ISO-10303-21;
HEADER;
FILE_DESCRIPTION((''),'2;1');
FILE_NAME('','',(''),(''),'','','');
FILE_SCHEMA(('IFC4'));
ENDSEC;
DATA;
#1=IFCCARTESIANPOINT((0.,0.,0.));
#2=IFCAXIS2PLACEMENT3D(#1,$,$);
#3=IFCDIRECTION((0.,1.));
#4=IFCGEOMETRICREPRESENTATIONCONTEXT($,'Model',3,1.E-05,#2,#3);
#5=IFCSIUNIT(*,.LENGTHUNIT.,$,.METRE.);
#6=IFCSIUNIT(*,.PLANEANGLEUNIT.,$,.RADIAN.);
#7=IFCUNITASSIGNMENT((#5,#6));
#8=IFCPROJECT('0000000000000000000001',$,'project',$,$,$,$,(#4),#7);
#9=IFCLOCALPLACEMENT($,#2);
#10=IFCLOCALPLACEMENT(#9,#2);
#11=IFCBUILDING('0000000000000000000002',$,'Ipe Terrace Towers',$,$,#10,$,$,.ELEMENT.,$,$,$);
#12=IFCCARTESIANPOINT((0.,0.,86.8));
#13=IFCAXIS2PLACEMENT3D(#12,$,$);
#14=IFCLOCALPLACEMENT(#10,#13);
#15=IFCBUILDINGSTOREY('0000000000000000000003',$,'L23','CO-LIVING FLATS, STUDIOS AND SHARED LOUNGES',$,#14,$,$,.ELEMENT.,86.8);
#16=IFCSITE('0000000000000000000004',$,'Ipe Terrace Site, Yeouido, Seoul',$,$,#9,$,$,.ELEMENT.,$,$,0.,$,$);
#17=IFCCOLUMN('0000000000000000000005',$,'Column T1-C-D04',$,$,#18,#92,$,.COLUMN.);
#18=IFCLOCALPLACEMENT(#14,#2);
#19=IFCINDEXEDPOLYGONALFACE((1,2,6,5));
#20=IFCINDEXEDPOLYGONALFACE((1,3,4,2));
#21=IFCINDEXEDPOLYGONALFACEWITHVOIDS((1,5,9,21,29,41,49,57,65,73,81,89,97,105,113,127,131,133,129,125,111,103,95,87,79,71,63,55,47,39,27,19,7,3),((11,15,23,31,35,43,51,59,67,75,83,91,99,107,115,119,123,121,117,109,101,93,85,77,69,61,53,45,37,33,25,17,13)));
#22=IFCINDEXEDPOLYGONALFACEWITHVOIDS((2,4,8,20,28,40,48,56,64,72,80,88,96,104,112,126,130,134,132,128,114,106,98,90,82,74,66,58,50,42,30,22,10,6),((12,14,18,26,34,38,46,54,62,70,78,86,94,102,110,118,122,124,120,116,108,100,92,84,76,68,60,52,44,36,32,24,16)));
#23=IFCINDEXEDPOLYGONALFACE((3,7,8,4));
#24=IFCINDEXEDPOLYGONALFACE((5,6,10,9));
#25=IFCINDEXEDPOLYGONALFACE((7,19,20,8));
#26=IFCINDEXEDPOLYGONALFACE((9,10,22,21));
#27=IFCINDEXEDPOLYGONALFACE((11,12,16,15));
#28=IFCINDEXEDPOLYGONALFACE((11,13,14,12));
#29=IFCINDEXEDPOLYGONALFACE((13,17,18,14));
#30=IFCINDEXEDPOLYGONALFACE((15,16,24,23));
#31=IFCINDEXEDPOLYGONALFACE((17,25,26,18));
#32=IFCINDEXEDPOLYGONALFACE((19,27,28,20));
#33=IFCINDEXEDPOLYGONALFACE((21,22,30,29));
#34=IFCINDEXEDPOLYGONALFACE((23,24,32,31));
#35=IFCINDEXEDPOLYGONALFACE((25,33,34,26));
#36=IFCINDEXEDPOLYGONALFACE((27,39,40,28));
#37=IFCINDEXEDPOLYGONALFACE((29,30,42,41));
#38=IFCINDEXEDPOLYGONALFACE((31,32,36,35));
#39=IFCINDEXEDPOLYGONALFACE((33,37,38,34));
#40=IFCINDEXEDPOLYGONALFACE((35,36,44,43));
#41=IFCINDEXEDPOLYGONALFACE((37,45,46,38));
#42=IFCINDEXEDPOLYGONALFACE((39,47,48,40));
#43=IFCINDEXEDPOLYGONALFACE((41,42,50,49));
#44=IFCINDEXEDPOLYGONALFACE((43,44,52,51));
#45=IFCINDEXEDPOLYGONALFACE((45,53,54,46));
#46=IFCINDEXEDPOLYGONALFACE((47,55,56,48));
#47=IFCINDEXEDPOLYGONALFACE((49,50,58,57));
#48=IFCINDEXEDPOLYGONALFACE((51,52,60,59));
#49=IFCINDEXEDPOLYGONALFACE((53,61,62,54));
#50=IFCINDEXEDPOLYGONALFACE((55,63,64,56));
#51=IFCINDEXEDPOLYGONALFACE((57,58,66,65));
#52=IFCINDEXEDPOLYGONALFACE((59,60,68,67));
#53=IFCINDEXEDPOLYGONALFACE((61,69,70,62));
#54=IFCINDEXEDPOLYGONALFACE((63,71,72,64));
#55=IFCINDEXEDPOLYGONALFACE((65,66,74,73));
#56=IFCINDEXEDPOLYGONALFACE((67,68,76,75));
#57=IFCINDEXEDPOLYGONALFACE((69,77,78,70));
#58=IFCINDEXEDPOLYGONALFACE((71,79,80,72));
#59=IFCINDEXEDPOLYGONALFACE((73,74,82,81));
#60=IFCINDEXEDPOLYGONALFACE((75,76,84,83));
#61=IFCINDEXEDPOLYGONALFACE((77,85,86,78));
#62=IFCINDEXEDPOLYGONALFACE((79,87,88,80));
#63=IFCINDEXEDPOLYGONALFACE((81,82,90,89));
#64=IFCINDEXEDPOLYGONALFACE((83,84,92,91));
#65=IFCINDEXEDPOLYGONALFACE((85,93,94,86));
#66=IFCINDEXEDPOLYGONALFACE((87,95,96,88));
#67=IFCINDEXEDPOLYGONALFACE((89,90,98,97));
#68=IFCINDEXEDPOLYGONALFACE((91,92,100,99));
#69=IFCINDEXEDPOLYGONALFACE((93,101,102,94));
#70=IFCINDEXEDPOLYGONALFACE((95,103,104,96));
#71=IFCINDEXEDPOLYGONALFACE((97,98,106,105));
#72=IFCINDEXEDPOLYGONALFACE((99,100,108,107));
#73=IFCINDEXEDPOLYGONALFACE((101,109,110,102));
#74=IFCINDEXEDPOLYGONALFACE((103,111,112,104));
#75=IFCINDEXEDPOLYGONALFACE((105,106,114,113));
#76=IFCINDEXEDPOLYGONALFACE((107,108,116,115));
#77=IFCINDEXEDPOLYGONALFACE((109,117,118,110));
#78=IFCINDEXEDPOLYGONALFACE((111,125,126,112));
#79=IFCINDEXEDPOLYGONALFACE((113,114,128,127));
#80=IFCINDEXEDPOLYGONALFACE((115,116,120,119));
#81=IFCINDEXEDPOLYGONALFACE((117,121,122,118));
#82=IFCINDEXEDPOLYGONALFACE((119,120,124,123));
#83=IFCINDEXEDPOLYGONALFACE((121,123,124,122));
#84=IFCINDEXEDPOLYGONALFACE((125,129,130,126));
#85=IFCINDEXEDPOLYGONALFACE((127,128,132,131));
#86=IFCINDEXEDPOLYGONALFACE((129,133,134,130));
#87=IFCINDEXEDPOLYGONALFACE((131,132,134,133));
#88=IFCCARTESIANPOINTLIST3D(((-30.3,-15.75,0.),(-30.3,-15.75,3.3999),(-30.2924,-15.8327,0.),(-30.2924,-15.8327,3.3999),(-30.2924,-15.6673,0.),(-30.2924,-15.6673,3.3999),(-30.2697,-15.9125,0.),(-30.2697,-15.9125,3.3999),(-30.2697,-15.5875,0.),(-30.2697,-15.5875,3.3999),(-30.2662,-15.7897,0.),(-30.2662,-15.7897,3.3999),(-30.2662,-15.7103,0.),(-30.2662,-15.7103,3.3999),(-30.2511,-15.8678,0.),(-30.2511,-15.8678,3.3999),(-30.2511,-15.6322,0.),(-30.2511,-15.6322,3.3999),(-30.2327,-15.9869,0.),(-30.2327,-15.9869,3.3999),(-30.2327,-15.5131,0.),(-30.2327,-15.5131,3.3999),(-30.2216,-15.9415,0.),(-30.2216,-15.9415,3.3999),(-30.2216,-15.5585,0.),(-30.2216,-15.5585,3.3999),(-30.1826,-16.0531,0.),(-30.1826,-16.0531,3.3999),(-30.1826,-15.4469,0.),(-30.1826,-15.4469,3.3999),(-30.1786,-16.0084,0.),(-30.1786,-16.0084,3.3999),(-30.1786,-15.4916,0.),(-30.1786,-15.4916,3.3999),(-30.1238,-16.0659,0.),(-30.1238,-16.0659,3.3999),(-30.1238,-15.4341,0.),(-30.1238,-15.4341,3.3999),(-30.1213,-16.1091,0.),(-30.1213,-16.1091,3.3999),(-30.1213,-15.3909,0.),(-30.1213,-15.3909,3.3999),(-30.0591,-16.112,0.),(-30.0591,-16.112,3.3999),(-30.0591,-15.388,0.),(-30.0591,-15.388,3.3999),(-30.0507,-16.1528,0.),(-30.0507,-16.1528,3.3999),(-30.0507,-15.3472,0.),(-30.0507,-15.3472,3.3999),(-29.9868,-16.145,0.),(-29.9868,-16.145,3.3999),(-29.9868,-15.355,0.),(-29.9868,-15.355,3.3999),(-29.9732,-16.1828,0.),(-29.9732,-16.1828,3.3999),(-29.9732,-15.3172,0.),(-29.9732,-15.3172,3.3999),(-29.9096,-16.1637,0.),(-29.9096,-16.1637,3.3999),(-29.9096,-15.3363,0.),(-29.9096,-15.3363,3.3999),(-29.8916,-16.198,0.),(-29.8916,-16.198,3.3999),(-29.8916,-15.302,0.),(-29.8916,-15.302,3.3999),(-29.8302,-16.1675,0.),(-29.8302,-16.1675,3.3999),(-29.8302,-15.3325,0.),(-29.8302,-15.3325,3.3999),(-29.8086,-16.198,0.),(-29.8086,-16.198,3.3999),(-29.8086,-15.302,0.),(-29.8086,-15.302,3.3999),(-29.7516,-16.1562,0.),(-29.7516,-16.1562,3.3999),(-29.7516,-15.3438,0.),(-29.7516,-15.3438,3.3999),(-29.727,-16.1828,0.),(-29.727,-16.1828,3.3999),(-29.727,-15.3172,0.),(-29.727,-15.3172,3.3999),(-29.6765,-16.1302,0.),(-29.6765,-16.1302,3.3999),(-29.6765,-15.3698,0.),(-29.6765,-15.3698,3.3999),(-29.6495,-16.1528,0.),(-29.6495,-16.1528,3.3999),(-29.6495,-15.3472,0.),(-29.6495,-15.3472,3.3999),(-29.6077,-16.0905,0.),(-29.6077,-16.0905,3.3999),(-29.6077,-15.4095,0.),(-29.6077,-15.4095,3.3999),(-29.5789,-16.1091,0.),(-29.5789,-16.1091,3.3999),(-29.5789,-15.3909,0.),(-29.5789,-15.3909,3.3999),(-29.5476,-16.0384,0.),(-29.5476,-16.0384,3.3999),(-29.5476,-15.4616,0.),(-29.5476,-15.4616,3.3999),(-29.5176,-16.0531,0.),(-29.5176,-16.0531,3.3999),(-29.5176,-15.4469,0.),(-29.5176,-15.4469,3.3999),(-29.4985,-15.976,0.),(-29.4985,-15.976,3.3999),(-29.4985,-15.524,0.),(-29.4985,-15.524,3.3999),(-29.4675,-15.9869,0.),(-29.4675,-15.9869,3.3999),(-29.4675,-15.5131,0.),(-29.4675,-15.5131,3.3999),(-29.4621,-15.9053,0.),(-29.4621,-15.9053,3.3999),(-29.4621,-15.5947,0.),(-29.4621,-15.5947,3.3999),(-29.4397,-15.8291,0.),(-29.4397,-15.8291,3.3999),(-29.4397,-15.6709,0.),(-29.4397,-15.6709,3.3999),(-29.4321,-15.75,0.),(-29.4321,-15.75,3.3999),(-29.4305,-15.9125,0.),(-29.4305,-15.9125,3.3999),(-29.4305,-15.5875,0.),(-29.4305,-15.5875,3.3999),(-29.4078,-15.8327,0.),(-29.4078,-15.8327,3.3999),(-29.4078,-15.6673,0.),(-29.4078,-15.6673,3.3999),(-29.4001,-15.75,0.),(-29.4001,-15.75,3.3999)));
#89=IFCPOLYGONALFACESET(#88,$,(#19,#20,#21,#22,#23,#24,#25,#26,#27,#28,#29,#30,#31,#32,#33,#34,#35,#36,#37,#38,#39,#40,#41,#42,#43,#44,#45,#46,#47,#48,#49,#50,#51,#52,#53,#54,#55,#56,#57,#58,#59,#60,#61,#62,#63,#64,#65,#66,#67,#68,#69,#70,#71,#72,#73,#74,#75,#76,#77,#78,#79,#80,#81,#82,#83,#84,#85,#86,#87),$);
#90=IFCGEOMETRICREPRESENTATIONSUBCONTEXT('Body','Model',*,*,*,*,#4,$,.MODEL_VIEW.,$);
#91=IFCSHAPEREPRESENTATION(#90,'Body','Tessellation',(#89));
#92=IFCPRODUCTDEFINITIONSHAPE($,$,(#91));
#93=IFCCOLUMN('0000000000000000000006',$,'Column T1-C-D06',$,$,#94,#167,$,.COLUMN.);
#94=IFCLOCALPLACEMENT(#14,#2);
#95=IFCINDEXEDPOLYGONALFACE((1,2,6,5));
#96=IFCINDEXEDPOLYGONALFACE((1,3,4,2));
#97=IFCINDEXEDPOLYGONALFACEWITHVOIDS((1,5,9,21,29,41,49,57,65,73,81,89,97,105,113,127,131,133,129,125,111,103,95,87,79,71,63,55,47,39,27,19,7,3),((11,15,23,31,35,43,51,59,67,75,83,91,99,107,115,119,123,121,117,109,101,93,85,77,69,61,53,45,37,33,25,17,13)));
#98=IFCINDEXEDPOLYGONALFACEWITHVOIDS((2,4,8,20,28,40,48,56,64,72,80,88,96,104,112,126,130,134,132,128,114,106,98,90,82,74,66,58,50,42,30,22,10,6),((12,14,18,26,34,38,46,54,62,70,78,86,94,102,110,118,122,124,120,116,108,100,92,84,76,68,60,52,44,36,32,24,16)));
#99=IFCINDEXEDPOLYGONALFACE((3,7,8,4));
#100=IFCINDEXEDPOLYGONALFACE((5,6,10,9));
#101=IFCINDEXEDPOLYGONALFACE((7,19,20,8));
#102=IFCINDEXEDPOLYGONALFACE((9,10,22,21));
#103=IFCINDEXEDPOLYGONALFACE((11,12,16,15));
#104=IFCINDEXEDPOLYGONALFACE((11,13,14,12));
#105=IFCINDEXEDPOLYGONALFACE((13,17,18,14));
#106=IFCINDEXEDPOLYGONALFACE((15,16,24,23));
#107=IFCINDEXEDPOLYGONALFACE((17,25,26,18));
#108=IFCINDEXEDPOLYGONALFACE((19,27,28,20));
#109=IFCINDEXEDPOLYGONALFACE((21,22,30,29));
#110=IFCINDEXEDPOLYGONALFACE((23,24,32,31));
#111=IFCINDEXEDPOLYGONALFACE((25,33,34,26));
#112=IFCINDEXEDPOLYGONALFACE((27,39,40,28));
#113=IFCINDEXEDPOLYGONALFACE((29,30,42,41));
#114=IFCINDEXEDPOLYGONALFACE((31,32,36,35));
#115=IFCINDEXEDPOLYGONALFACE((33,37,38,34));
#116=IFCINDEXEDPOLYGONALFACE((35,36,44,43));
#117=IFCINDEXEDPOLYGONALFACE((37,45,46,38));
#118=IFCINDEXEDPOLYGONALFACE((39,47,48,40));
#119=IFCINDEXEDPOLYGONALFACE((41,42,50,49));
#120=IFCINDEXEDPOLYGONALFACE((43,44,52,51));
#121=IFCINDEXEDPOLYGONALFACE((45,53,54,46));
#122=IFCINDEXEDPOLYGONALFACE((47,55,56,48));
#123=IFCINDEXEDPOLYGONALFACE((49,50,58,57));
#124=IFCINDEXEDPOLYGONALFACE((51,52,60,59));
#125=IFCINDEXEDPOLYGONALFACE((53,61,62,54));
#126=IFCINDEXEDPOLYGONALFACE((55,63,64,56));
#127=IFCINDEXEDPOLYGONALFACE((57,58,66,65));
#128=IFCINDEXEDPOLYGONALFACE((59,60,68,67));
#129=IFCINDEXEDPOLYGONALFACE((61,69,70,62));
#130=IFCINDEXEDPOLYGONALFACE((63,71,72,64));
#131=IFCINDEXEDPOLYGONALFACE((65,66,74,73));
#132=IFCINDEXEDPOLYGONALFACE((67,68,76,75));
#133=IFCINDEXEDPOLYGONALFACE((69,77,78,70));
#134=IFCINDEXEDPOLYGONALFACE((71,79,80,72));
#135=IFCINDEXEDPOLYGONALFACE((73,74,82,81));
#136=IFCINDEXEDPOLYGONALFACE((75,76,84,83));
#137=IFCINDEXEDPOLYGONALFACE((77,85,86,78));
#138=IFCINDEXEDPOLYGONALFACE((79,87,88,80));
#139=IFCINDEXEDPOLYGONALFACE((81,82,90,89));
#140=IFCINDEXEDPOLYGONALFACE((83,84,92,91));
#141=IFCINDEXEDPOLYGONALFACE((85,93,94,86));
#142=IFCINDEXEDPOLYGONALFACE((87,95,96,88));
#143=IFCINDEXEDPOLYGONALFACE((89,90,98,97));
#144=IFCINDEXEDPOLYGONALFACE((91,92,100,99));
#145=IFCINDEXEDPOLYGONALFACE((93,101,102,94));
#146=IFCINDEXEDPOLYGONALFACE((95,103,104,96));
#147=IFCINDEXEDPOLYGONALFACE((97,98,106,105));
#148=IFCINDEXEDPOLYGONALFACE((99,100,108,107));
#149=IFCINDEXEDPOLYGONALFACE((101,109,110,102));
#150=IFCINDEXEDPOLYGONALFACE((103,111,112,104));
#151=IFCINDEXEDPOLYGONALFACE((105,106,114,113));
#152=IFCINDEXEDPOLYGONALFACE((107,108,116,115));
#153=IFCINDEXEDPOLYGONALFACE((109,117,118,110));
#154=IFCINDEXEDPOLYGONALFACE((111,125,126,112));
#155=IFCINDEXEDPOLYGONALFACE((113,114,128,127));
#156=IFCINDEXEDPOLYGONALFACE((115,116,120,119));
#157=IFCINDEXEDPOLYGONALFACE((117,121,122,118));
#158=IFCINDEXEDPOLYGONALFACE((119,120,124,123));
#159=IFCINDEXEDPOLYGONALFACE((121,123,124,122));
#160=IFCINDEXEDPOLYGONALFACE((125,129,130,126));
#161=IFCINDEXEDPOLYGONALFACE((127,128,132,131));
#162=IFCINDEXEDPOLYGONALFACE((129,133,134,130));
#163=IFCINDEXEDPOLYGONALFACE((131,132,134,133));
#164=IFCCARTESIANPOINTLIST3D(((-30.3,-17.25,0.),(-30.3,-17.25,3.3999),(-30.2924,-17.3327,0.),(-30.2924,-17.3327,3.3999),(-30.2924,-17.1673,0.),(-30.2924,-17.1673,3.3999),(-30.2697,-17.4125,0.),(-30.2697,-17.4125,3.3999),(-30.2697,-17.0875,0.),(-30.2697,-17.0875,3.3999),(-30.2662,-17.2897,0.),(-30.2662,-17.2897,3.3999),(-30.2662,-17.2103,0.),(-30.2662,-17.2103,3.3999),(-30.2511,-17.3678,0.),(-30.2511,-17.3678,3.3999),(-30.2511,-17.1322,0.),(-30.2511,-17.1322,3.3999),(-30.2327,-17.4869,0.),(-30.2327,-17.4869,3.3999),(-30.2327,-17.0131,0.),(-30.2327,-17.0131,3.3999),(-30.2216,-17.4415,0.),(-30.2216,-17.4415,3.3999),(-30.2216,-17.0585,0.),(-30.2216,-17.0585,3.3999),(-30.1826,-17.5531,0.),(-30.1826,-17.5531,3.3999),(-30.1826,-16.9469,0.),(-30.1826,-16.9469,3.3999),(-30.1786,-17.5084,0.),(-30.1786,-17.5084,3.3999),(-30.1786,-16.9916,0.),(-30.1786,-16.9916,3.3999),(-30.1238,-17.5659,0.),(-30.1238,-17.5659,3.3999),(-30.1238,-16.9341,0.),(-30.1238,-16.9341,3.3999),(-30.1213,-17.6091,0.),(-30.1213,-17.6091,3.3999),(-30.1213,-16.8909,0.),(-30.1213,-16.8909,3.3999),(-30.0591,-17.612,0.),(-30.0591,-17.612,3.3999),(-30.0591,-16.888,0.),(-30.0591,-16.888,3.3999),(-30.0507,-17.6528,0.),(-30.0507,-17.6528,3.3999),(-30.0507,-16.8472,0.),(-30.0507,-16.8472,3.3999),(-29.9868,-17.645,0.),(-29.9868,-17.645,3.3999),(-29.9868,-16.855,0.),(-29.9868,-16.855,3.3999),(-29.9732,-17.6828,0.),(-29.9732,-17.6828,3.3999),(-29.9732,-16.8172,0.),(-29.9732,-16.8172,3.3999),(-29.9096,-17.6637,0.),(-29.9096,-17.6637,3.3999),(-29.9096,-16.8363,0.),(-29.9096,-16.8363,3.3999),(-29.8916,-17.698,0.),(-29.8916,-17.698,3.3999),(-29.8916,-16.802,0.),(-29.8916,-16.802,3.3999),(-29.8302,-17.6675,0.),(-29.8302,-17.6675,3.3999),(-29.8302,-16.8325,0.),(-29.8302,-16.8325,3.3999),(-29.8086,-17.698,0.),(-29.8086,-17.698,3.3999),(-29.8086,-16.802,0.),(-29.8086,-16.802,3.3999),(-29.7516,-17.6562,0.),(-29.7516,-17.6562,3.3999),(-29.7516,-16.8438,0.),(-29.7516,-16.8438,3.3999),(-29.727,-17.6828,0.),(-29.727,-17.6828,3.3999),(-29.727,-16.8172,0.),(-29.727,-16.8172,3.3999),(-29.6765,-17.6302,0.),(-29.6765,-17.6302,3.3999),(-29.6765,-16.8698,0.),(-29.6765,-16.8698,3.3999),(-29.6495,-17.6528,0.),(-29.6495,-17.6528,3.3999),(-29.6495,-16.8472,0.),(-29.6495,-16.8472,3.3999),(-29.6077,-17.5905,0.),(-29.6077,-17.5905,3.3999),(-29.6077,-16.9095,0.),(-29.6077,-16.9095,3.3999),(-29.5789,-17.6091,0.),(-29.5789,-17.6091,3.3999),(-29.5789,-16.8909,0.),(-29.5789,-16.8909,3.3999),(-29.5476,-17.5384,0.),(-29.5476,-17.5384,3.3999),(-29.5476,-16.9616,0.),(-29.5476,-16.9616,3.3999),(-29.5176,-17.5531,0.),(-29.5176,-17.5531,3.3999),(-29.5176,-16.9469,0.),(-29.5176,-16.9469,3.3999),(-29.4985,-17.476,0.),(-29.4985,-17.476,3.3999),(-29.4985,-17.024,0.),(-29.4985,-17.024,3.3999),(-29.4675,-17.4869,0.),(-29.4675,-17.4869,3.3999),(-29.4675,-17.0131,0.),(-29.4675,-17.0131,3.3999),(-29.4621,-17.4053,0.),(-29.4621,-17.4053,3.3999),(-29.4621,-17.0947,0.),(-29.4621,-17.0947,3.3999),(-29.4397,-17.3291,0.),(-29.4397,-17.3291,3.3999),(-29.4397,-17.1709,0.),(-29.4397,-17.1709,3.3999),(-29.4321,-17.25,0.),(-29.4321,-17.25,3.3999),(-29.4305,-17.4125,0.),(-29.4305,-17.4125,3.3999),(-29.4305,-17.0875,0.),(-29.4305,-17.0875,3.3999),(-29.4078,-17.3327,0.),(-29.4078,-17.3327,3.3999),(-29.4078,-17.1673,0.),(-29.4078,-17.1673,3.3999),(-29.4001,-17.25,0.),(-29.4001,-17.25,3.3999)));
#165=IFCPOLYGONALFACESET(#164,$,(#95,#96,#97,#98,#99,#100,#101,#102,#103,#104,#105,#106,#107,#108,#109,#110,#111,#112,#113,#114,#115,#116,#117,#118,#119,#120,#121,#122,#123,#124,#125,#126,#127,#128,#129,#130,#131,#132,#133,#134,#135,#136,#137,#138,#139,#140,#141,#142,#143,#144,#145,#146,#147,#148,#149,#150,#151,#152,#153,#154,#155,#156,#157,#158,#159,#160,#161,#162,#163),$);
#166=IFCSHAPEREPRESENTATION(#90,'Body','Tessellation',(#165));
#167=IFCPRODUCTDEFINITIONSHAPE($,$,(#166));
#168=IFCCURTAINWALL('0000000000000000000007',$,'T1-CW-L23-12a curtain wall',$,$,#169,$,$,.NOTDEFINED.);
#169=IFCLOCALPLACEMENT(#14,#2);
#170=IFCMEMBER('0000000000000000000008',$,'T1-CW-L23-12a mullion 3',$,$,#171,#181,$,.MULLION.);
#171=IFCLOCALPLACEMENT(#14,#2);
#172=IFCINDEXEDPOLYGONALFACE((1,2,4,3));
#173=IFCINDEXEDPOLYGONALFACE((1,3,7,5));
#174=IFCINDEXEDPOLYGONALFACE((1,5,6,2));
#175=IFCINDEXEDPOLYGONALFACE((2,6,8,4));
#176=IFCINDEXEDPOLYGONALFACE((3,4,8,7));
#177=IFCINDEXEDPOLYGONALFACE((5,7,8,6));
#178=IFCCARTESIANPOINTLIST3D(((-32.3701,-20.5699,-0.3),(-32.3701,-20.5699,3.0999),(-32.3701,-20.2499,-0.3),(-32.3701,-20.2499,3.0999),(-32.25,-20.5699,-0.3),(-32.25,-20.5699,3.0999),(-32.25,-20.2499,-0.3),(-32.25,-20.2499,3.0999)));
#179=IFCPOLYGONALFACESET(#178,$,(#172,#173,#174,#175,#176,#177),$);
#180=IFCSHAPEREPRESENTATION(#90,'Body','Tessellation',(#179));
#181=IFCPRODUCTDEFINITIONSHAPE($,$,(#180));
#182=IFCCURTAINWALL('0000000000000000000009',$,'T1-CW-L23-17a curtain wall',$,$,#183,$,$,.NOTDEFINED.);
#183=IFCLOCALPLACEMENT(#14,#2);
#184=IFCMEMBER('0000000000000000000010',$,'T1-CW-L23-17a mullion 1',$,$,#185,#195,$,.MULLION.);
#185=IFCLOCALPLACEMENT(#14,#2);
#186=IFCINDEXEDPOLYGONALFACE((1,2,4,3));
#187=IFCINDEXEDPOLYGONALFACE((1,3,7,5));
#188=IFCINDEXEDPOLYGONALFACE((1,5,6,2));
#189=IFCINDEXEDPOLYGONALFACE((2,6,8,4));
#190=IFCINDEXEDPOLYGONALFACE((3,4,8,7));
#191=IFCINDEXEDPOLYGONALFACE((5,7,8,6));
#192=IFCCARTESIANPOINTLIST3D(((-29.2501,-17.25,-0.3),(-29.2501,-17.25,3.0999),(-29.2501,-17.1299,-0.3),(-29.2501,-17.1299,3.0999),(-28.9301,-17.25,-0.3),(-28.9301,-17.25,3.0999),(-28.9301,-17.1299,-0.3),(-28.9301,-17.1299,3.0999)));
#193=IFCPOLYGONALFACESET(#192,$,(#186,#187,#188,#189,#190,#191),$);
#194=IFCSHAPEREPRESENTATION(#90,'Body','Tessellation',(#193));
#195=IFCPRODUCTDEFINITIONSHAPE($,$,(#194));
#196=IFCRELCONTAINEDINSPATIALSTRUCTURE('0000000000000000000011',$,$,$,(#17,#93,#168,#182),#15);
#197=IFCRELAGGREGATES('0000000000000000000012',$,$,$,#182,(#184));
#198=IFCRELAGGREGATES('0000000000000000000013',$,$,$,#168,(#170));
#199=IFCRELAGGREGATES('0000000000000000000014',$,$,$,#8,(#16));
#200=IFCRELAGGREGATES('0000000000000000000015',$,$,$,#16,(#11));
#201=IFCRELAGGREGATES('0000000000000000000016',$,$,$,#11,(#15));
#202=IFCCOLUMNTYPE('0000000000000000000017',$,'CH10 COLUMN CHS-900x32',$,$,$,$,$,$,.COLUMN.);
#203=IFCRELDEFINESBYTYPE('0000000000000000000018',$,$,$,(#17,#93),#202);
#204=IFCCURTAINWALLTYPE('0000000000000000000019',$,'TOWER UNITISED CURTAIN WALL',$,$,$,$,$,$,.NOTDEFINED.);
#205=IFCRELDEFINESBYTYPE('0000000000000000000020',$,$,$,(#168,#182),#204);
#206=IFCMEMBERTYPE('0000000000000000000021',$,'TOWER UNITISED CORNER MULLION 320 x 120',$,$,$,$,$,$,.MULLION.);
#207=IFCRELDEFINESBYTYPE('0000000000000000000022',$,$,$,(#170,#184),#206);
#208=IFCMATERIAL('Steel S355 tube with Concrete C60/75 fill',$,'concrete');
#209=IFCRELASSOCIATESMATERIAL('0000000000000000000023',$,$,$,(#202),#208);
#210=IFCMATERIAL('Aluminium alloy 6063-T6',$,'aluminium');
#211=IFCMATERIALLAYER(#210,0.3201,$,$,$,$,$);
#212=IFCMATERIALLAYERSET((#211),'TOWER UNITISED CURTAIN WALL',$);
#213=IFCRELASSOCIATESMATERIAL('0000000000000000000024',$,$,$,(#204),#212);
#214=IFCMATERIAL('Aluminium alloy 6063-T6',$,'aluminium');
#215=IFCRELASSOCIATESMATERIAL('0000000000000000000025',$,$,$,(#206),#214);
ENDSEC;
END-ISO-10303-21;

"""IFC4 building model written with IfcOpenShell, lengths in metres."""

from ifc_helpers import new_model, si_unit, direction, frame, origin, origin_2d, place, context, subcontext, project, spatial, rectangle, hollow_circle, extrude, material, layer, layer_set, material_profile, profile_set, type_object, element, aggregate, save


model = new_model("IFC4")

# Units and contexts
model_context = context("Model", 3, precision=1e-05, world=origin(), true_north=direction((0.0, 1.0)))
body_context = subcontext(model_context, "Body", "Model", "MODEL_VIEW")
ifc_project = project(units=[si_unit("LENGTHUNIT", "METRE"), si_unit("PLANEANGLEUNIT", "RADIAN")], contexts=[model_context])

# Site, building, storey
site_placement = place(None, origin())
site = spatial("IfcSite", under=ifc_project, at=site_placement, Name="Ipe Terrace Site, Yeouido, Seoul", CompositionType="ELEMENT", RefElevation=0.0)
building_placement = place(site_placement, origin())
building = spatial("IfcBuilding", under=site, at=building_placement, Name="Ipe Terrace Towers", CompositionType="ELEMENT")
storey_placement = place(building_placement, frame((0.0, 0.0, 86.8)))
storey = spatial("IfcBuildingStorey", under=building, at=storey_placement, Name="L23", Description="CO-LIVING FLATS, STUDIOS AND SHARED LOUNGES", CompositionType="ELEMENT", Elevation=86.8)

# Columns
ifc_material_1 = material(Name="Steel S355 tube with Concrete C60/75 fill", Category="concrete")
ifc_material_profile_1 = material_profile(ifc_material_1, hollow_circle(Radius=0.45, WallThickness=0.032, at=origin_2d()), Name="CHS-900x32")
ifc_profile_set_1 = profile_set([ifc_material_profile_1], Name="Steel S355 tube with Concrete C60/75 fill")
column_type = type_object("IfcColumnType", Name="CH10 COLUMN CHS-900x32", PredefinedType="COLUMN", material=ifc_profile_set_1)
for number, where, z_axis, x_axis, name in (
    (1, (-29.8501, -15.75, 0.0), (0.0, 0.0, 1.0), (1.0, 0.0, 0.0), "Column T1-C-D04"),
    (2, (-29.8501, -17.25, 0.0), (0.0, 0.0, 1.0), (1.0, 0.0, 0.0), "Column T1-C-D06"),
):
    element("IfcColumn", number, at=place(storey_placement, frame(where, z_axis=z_axis, x_axis=x_axis)), inside=storey, type_object=column_type, Name=name, PredefinedType="COLUMN", context=body_context, shape_type="SweptSolid", body=[
        extrude(hollow_circle(Radius=0.45, WallThickness=0.032, at=origin_2d()), origin(), (0.0, 0.0, 1.0), 3.3999),
    ])

# Curtain walls, members
ifc_material_2 = material(Name="Aluminium alloy 6063-T6", Category="aluminium")
ifc_layer_1 = layer(ifc_material_2, 0.3201)
ifc_layer_set_1 = layer_set([ifc_layer_1], Name="TOWER UNITISED CURTAIN WALL")
curtain_wall_type = type_object("IfcCurtainWallType", Name="TOWER UNITISED CURTAIN WALL", PredefinedType="NOTDEFINED", material=ifc_layer_set_1)
curtain_wall_1_placement = place(storey_placement, origin())
curtain_wall_1 = element("IfcCurtainWall", 3, at=curtain_wall_1_placement, inside=storey, type_object=curtain_wall_type, Name="T1-CW-L23-12a curtain wall", PredefinedType="NOTDEFINED")
ifc_material_3 = material(Name="Aluminium alloy 6063-T6", Category="aluminium")
ifc_material_profile_2 = material_profile(ifc_material_3, rectangle(XDim=0.3201, YDim=0.1201, at=origin_2d()), Name="TOWER UNITISED CORNER MULLION 320 x 120")
ifc_profile_set_2 = profile_set([ifc_material_profile_2], Name="Aluminium alloy 6063-T6")
member_type_1 = type_object("IfcMemberType", Name="TOWER UNITISED CORNER MULLION 320 x 120", PredefinedType="MULLION", material=ifc_profile_set_2)
member_1_placement = place(storey_placement, frame((-32.3101, -20.4099, -0.3), z_axis=(0.0, 0.0, 1.0), x_axis=(0.0, -1.0, 0.0)))
member_1 = element("IfcMember", 4, at=member_1_placement, type_object=member_type_1, Name="T1-CW-L23-12a mullion 3", PredefinedType="MULLION", context=body_context, shape_type="SweptSolid", body=[
    extrude(rectangle(XDim=0.3201, YDim=0.1201, at=origin_2d()), origin(), (0.0, 0.0, 1.0), 3.3999),
])
curtain_wall_2_placement = place(storey_placement, origin())
curtain_wall_2 = element("IfcCurtainWall", 5, at=curtain_wall_2_placement, inside=storey, type_object=curtain_wall_type, Name="T1-CW-L23-17a curtain wall", PredefinedType="NOTDEFINED")
member_2_placement = place(storey_placement, frame((-29.0901, -17.1899, -0.3), z_axis=(0.0, 0.0, 1.0), x_axis=(1.0, 0.0, 0.0)))
member_2 = element("IfcMember", 6, at=member_2_placement, type_object=member_type_1, Name="T1-CW-L23-17a mullion 1", PredefinedType="MULLION", context=body_context, shape_type="SweptSolid", body=[
    extrude(rectangle(XDim=0.3201, YDim=0.1201, at=origin_2d()), origin(), (0.0, 0.0, 1.0), 3.3999),
])
aggregate(curtain_wall_2, [member_2])

aggregate(curtain_wall_1, [member_1])

save(model, "model.ifc")
